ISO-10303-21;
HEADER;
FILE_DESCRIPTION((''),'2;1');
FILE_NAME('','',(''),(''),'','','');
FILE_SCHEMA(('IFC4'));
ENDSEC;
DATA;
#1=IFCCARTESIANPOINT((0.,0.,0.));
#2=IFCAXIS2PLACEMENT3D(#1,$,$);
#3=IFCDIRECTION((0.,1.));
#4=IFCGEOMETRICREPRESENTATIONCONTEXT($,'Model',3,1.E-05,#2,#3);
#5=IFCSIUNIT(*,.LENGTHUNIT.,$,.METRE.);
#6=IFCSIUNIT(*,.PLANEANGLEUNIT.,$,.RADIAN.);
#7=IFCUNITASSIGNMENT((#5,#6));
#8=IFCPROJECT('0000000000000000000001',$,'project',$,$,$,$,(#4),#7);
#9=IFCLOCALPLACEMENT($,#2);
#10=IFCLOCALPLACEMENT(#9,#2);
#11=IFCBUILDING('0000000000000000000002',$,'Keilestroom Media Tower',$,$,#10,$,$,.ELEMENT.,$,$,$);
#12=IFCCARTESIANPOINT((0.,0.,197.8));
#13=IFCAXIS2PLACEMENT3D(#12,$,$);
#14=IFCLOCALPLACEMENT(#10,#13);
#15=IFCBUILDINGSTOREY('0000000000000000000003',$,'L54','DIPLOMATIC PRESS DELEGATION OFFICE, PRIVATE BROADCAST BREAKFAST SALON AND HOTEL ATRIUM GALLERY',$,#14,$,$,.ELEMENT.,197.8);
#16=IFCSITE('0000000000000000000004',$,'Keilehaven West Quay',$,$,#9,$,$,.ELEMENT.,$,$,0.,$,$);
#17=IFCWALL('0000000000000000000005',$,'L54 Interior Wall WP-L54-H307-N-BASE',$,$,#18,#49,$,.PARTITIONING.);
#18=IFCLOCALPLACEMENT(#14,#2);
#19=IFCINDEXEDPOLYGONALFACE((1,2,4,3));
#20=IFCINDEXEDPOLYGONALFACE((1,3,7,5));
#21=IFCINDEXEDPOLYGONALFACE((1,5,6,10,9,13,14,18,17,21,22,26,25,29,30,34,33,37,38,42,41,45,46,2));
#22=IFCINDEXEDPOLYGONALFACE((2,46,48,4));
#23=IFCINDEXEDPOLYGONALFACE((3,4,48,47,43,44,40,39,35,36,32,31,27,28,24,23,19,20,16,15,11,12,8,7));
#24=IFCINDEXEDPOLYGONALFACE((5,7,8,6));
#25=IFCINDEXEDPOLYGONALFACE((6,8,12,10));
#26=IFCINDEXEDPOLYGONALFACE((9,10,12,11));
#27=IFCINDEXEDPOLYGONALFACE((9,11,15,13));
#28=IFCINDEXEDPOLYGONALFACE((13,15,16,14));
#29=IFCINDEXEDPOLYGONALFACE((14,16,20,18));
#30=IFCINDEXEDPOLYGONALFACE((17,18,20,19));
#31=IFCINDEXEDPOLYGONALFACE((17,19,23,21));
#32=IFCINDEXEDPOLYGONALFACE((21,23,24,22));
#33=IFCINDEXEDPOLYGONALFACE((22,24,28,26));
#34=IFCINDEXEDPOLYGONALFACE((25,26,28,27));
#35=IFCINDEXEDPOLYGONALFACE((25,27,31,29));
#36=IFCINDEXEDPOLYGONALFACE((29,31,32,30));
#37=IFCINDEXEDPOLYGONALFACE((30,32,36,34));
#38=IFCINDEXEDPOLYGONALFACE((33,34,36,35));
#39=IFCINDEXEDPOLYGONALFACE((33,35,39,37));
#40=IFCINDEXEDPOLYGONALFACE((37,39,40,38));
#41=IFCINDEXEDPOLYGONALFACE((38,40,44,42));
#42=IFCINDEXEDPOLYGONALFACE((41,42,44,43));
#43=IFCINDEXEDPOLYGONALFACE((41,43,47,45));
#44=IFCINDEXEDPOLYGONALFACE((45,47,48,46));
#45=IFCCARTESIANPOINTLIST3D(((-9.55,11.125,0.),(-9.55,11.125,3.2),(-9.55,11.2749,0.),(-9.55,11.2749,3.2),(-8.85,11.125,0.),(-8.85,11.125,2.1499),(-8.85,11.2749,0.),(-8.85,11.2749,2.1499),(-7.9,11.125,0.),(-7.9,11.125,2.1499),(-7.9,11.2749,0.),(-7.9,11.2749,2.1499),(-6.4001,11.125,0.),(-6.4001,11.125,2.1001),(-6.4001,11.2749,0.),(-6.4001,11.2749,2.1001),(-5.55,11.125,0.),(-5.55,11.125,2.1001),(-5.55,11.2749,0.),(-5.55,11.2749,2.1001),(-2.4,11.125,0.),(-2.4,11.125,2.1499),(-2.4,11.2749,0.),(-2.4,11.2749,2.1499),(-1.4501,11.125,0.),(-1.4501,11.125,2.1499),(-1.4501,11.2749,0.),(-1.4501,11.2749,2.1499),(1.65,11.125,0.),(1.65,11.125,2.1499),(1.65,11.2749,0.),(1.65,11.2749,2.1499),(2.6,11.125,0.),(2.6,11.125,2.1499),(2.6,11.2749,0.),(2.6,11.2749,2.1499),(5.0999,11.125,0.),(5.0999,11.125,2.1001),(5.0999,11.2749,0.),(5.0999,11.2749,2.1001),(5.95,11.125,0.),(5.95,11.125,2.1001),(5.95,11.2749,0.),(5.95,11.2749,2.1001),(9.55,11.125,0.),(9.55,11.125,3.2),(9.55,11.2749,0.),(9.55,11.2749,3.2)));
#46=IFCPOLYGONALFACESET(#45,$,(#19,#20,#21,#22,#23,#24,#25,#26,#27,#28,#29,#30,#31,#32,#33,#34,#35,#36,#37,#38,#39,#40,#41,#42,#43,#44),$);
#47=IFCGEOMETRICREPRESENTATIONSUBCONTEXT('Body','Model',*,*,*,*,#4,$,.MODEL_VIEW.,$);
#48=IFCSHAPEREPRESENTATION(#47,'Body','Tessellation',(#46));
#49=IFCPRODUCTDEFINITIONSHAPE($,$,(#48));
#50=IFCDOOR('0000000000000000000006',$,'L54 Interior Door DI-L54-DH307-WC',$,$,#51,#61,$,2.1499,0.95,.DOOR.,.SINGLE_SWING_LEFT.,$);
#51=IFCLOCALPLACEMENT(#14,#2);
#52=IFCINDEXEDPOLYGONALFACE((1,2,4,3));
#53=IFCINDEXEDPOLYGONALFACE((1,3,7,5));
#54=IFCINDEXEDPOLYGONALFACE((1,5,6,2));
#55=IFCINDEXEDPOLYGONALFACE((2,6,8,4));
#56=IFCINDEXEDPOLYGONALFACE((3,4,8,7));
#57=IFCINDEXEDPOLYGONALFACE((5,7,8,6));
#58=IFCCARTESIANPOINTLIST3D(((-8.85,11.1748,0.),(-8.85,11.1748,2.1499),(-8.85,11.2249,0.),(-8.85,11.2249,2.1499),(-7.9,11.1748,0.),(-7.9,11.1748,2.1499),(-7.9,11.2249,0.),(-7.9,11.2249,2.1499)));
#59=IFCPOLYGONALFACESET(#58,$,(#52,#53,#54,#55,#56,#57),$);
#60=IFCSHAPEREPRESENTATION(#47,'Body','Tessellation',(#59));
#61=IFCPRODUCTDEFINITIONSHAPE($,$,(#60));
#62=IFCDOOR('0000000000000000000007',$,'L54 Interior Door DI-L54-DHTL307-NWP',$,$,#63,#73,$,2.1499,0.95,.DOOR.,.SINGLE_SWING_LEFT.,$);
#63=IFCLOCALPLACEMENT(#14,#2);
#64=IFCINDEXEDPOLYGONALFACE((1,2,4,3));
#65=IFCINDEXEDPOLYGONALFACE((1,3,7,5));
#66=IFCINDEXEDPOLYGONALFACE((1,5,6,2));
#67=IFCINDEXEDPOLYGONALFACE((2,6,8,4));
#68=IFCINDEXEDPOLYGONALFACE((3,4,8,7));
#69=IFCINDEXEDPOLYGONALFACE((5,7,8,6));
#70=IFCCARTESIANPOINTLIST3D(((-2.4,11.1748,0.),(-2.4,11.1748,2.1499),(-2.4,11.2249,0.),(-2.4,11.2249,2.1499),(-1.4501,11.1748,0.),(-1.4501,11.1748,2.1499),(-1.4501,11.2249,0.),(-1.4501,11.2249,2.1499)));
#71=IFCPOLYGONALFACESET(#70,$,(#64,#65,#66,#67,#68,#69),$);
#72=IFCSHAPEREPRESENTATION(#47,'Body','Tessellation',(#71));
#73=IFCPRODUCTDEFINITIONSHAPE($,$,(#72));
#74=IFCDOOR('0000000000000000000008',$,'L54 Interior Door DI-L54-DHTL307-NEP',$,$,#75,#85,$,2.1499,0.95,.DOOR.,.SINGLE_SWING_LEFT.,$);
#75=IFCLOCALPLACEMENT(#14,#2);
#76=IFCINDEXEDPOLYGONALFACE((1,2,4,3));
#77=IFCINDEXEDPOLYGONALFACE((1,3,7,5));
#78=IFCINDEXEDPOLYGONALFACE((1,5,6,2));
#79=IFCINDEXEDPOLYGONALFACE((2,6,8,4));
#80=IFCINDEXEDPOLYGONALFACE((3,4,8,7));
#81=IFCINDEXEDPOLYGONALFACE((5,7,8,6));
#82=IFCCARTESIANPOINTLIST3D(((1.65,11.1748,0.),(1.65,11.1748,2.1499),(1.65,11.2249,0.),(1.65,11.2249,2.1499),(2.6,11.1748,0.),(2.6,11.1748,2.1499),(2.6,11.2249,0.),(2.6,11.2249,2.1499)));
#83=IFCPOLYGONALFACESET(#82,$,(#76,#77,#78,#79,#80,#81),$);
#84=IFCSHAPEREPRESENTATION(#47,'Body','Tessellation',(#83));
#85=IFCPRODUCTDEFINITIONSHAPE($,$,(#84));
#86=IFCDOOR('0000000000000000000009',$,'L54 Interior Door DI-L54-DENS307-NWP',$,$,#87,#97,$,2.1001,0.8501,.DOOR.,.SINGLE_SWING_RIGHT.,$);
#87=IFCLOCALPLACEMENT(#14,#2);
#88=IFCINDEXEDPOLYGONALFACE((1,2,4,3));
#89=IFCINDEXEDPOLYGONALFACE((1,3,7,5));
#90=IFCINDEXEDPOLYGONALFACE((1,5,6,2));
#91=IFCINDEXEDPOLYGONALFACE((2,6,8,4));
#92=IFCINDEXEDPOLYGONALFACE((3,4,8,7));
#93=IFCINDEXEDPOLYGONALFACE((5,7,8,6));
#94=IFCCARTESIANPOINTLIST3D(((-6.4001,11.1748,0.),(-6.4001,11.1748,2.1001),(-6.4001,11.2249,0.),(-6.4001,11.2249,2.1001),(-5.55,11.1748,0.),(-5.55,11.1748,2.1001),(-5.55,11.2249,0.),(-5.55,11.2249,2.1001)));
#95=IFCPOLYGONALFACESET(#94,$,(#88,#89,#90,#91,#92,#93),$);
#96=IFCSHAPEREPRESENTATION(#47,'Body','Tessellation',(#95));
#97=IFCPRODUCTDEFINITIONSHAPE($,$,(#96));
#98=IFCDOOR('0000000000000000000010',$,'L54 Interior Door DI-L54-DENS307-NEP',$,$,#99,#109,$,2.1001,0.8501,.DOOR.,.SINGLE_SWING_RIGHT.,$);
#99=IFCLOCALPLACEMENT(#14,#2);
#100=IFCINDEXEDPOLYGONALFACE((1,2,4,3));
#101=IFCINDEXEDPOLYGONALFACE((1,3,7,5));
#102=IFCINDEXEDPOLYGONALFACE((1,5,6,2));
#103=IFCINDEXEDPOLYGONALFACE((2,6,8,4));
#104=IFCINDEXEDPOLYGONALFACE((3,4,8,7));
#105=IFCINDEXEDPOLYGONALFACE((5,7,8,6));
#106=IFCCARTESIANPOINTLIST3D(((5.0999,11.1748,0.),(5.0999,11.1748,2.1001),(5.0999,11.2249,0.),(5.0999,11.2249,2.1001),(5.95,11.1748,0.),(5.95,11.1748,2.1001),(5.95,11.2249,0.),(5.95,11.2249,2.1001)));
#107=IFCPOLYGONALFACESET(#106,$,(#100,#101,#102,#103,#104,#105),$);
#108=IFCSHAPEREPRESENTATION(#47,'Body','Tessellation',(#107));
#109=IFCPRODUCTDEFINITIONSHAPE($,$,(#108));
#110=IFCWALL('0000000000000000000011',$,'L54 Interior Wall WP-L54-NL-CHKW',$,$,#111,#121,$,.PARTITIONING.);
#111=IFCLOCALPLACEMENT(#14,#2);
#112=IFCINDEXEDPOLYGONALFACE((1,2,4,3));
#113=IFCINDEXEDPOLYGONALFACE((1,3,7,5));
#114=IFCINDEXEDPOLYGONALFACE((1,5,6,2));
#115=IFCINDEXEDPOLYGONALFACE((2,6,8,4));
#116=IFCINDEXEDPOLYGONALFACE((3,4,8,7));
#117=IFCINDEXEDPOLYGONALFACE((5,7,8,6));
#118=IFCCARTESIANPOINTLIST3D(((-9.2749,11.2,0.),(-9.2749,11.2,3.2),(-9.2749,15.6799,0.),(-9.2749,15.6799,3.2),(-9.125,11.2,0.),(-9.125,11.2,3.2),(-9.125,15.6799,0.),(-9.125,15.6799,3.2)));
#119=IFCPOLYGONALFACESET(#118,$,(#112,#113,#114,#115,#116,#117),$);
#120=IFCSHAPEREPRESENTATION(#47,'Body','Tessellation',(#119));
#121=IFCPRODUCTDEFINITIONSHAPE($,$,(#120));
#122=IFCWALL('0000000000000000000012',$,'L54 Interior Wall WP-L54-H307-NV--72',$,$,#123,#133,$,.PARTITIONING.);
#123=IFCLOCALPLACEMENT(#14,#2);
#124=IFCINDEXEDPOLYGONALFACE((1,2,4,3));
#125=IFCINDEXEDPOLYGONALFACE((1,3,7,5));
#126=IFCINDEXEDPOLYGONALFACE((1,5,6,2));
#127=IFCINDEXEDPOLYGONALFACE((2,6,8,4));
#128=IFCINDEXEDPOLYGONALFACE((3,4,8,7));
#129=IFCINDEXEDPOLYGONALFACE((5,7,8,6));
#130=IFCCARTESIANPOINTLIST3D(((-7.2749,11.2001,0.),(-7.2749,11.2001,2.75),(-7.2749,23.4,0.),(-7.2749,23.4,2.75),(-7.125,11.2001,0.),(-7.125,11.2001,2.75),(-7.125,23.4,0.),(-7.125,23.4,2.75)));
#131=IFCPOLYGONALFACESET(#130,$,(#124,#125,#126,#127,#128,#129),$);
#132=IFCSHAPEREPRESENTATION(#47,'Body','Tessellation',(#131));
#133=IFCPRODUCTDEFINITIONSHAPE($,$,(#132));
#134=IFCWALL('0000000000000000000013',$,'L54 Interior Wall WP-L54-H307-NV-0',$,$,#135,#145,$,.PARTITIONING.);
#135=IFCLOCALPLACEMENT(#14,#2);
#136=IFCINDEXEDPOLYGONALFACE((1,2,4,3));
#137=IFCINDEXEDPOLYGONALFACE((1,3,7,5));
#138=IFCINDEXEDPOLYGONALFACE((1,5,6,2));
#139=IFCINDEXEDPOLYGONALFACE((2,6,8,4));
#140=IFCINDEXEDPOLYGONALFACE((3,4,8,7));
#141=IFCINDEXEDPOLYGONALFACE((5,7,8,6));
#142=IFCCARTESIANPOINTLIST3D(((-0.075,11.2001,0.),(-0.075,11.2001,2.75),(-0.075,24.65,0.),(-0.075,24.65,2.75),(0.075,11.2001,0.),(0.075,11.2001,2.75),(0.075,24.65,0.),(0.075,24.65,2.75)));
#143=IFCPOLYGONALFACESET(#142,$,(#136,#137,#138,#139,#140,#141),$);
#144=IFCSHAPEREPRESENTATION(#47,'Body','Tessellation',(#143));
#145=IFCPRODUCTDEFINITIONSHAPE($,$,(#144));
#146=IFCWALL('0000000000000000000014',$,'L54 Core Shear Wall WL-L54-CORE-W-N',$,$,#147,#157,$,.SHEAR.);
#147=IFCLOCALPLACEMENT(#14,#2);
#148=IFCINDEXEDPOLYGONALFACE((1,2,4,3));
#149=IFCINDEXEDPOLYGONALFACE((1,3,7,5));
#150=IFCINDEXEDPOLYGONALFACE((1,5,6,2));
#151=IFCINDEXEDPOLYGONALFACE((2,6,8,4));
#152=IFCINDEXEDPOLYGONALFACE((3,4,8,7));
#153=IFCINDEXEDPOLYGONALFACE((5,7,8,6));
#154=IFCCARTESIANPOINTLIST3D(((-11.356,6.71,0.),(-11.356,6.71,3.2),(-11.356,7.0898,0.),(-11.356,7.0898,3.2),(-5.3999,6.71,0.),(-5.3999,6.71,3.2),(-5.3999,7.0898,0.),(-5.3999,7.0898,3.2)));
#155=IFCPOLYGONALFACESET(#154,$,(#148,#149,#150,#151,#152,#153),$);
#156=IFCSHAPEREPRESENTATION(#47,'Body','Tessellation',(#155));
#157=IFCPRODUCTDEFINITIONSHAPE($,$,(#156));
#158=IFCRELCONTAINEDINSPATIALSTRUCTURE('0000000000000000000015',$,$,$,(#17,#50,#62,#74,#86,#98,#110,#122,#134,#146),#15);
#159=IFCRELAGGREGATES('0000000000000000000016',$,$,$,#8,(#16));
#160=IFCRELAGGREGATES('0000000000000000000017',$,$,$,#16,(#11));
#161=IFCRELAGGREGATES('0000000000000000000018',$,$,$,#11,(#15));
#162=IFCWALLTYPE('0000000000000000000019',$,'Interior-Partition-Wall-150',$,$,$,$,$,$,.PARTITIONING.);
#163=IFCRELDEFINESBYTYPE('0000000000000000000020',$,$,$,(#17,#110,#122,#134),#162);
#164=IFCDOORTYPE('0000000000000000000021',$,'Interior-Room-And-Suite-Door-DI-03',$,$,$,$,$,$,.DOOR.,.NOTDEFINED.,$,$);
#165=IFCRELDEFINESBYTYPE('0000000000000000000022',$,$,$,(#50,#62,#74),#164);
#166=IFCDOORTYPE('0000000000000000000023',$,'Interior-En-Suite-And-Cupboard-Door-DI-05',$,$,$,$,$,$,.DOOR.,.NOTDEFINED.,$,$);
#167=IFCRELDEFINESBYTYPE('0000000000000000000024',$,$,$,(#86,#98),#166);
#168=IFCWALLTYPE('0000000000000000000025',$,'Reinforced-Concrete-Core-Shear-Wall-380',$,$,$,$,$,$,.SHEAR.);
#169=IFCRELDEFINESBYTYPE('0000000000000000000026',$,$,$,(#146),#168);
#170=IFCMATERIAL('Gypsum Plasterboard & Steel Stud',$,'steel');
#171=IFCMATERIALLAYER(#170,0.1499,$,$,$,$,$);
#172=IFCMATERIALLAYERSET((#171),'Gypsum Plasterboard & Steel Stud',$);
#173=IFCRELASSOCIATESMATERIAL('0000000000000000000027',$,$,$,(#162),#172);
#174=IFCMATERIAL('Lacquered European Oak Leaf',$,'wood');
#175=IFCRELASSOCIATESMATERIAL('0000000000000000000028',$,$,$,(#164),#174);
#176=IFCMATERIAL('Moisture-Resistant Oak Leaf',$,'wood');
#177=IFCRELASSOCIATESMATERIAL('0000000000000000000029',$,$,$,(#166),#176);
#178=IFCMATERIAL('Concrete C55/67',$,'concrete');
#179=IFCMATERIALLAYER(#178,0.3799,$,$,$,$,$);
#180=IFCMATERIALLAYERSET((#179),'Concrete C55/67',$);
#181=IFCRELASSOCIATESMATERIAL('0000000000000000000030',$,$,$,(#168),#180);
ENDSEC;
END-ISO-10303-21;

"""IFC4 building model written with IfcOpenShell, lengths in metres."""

from ifc_helpers import new_model, si_unit, direction, frame, frame_2d, origin, place, context, subcontext, project, spatial, rectangle, extrude, source, transform, mapped, material, layer, layer_set, type_object, element, fill, save


model = new_model("IFC4")

# Units and contexts
model_context = context("Model", 3, precision=1e-05, world=origin(), true_north=direction((0.0, 1.0)))
body_context = subcontext(model_context, "Body", "Model", "MODEL_VIEW")
ifc_project = project(units=[si_unit("LENGTHUNIT", "METRE"), si_unit("PLANEANGLEUNIT", "RADIAN")], contexts=[model_context])

# Site, building, storey
site_placement = place(None, origin())
site = spatial("IfcSite", under=ifc_project, at=site_placement, Name="Keilehaven West Quay", CompositionType="ELEMENT", RefElevation=0.0)
building_placement = place(site_placement, origin())
building = spatial("IfcBuilding", under=site, at=building_placement, Name="Keilestroom Media Tower", CompositionType="ELEMENT")
storey_placement = place(building_placement, frame((0.0, 0.0, 197.8)))
storey = spatial("IfcBuildingStorey", under=building, at=storey_placement, Name="L54", Description="DIPLOMATIC PRESS DELEGATION OFFICE, PRIVATE BROADCAST BREAKFAST SALON AND HOTEL ATRIUM GALLERY", CompositionType="ELEMENT", Elevation=197.8)

# Shared definitions
ifc_material_1 = material(Name="Concrete C55/67", Category="concrete")

# Shared definitions
ifc_material_2 = material(Name="Gypsum Plasterboard & Steel Stud", Category="steel")

# Wall, openings, doors
ifc_layer_1 = layer(ifc_material_2, 0.1499)
ifc_layer_set_1 = layer_set([ifc_layer_1], Name="Gypsum Plasterboard & Steel Stud")
wall_type_1 = type_object("IfcWallType", Name="Interior-Partition-Wall-150", PredefinedType="PARTITIONING", material=ifc_layer_set_1)
wall_1_placement = place(storey_placement, frame((-9.55, 11.2, 0.0), z_axis=(0.0, 0.0, 1.0), x_axis=(1.0, 0.0, 0.0)))
wall_1 = element("IfcWall", 1, at=wall_1_placement, inside=storey, type_object=wall_type_1, Name="L54 Interior Wall WP-L54-H307-N-BASE", PredefinedType="PARTITIONING", context=body_context, shape_type="SweptSolid", body=[
    extrude(rectangle(XDim=19.1001, YDim=0.1499, at=frame_2d((9.55, 0.0))), origin(), (0.0, 0.0, 1.0), 3.2),
])
opening_1_placement = place(wall_1_placement, frame((0.7, 0.0, 0.0)))
opening_1 = element("IfcOpeningElement", 2, at=opening_1_placement, cuts=wall_1, PredefinedType="OPENING", context=body_context, shape_type="SweptSolid", body=[
    extrude(rectangle(XDim=0.95, YDim=2.1499, at=frame_2d((0.4751, 1.075))), frame((0.0, 0.085, 0.0), z_axis=(0.0, -1.0, 0.0), x_axis=(1.0, 0.0, 0.0)), (0.0, 0.0, 1.0), 0.1699),
])
opening_2_placement = place(wall_1_placement, frame((3.1499, 0.0, 0.0)))
opening_2 = element("IfcOpeningElement", 3, at=opening_2_placement, cuts=wall_1, PredefinedType="OPENING", context=body_context, shape_type="SweptSolid", body=[
    extrude(rectangle(XDim=0.8501, YDim=2.1001, at=frame_2d((0.425, 1.05))), frame((0.0, 0.085, 0.0), z_axis=(0.0, -1.0, 0.0), x_axis=(1.0, 0.0, 0.0)), (0.0, 0.0, 1.0), 0.1699),
])
opening_3_placement = place(wall_1_placement, frame((7.1499, 0.0, 0.0)))
opening_3 = element("IfcOpeningElement", 4, at=opening_3_placement, cuts=wall_1, PredefinedType="OPENING", context=body_context, shape_type="SweptSolid", body=[
    extrude(rectangle(XDim=0.95, YDim=2.1499, at=frame_2d((0.4751, 1.075))), frame((0.0, 0.085, 0.0), z_axis=(0.0, -1.0, 0.0), x_axis=(1.0, 0.0, 0.0)), (0.0, 0.0, 1.0), 0.1699),
])
opening_4_placement = place(wall_1_placement, frame((14.6499, 0.0, 0.0)))
opening_4 = element("IfcOpeningElement", 5, at=opening_4_placement, cuts=wall_1, PredefinedType="OPENING", context=body_context, shape_type="SweptSolid", body=[
    extrude(rectangle(XDim=0.8501, YDim=2.1001, at=frame_2d((0.425, 1.05))), frame((0.0, 0.085, 0.0), z_axis=(0.0, -1.0, 0.0), x_axis=(1.0, 0.0, 0.0)), (0.0, 0.0, 1.0), 0.1699),
])
opening_5_placement = place(wall_1_placement, frame((11.2, 0.0, 0.0)))
opening_5 = element("IfcOpeningElement", 6, at=opening_5_placement, cuts=wall_1, PredefinedType="OPENING", context=body_context, shape_type="SweptSolid", body=[
    extrude(rectangle(XDim=0.95, YDim=2.1499, at=frame_2d((0.4751, 1.075))), frame((0.0, 0.085, 0.0), z_axis=(0.0, -1.0, 0.0), x_axis=(1.0, 0.0, 0.0)), (0.0, 0.0, 1.0), 0.1699),
])
ifc_material_3 = material(Name="Lacquered European Oak Leaf", Category="wood")
door_type_1 = type_object("IfcDoorType", Name="Interior-Room-And-Suite-Door-DI-03", OperationType="NOTDEFINED", PredefinedType="DOOR", material=ifc_material_3)
shared_shape_1 = source(origin(), body_context, "Body", "SweptSolid", [
    extrude(rectangle(XDim=0.95, YDim=2.1499, at=frame_2d((0.4751, 1.075))), frame((0.0, 0.0249, 0.0), z_axis=(0.0, -1.0, 0.0), x_axis=(1.0, 0.0, 0.0)), (0.0, 0.0, 1.0), 0.05),
])
door_1_placement = place(opening_1_placement, origin())
door_1 = element("IfcDoor", 7, at=door_1_placement, inside=storey, type_object=door_type_1, Name="L54 Interior Door DI-L54-DH307-WC", OperationType="SINGLE_SWING_LEFT", OverallHeight=2.1499, OverallWidth=0.95, PredefinedType="DOOR", context=body_context, shape_type="MappedRepresentation", body=[
    mapped(shared_shape_1, transform((0.0, 0.0, 0.0), x_axis=(1.0, 0.0, 0.0), y_axis=(0.0, 1.0, 0.0), z_axis=(0.0, 0.0, 1.0), scale=1.0)),
])
fill(opening_1, door_1)
door_2_placement = place(opening_3_placement, origin())
door_2 = element("IfcDoor", 8, at=door_2_placement, inside=storey, type_object=door_type_1, Name="L54 Interior Door DI-L54-DHTL307-NWP", OperationType="SINGLE_SWING_LEFT", OverallHeight=2.1499, OverallWidth=0.95, PredefinedType="DOOR", context=body_context, shape_type="MappedRepresentation", body=[
    mapped(shared_shape_1, transform((0.0, 0.0, 0.0), x_axis=(1.0, 0.0, 0.0), y_axis=(0.0, 1.0, 0.0), z_axis=(0.0, 0.0, 1.0), scale=1.0)),
])
fill(opening_3, door_2)
door_3_placement = place(opening_5_placement, origin())
door_3 = element("IfcDoor", 9, at=door_3_placement, inside=storey, type_object=door_type_1, Name="L54 Interior Door DI-L54-DHTL307-NEP", OperationType="SINGLE_SWING_LEFT", OverallHeight=2.1499, OverallWidth=0.95, PredefinedType="DOOR", context=body_context, shape_type="MappedRepresentation", body=[
    mapped(shared_shape_1, transform((0.0, 0.0, 0.0), x_axis=(1.0, 0.0, 0.0), y_axis=(0.0, 1.0, 0.0), z_axis=(0.0, 0.0, 1.0), scale=1.0)),
])
fill(opening_5, door_3)
ifc_material_4 = material(Name="Moisture-Resistant Oak Leaf", Category="wood")
door_type_2 = type_object("IfcDoorType", Name="Interior-En-Suite-And-Cupboard-Door-DI-05", OperationType="NOTDEFINED", PredefinedType="DOOR", material=ifc_material_4)
shared_shape_2 = source(origin(), body_context, "Body", "SweptSolid", [
    extrude(rectangle(XDim=0.8501, YDim=2.1001, at=frame_2d((0.425, 1.05))), frame((0.0, 0.0249, 0.0), z_axis=(0.0, -1.0, 0.0), x_axis=(1.0, 0.0, 0.0)), (0.0, 0.0, 1.0), 0.05),
])
door_4_placement = place(opening_2_placement, origin())
door_4 = element("IfcDoor", 10, at=door_4_placement, inside=storey, type_object=door_type_2, Name="L54 Interior Door DI-L54-DENS307-NWP", OperationType="SINGLE_SWING_RIGHT", OverallHeight=2.1001, OverallWidth=0.8501, PredefinedType="DOOR", context=body_context, shape_type="MappedRepresentation", body=[
    mapped(shared_shape_2, transform((0.0, 0.0, 0.0), x_axis=(1.0, 0.0, 0.0), y_axis=(0.0, 1.0, 0.0), z_axis=(0.0, 0.0, 1.0), scale=1.0)),
])
fill(opening_2, door_4)
door_5_placement = place(opening_4_placement, origin())
door_5 = element("IfcDoor", 11, at=door_5_placement, inside=storey, type_object=door_type_2, Name="L54 Interior Door DI-L54-DENS307-NEP", OperationType="SINGLE_SWING_RIGHT", OverallHeight=2.1001, OverallWidth=0.8501, PredefinedType="DOOR", context=body_context, shape_type="MappedRepresentation", body=[
    mapped(shared_shape_2, transform((0.0, 0.0, 0.0), x_axis=(1.0, 0.0, 0.0), y_axis=(0.0, 1.0, 0.0), z_axis=(0.0, 0.0, 1.0), scale=1.0)),
])
fill(opening_4, door_5)

# Walls
wall_2_placement = place(storey_placement, frame((-9.2, 11.2, 0.0), z_axis=(0.0, 0.0, 1.0), x_axis=(0.0, 1.0, 0.0)))
element("IfcWall", 12, at=wall_2_placement, inside=storey, type_object=wall_type_1, Name="L54 Interior Wall WP-L54-NL-CHKW", PredefinedType="PARTITIONING", context=body_context, shape_type="SweptSolid", body=[
    extrude(rectangle(XDim=4.48, YDim=0.1499, at=frame_2d((2.24, 0.0))), origin(), (0.0, 0.0, 1.0), 3.2),
])
wall_3_placement = place(storey_placement, frame((-7.2, 11.2, 0.0), z_axis=(0.0, 0.0, 1.0), x_axis=(0.0, 1.0, 0.0)))
element("IfcWall", 13, at=wall_3_placement, inside=storey, type_object=wall_type_1, Name="L54 Interior Wall WP-L54-H307-NV--72", PredefinedType="PARTITIONING", context=body_context, shape_type="SweptSolid", body=[
    extrude(rectangle(XDim=12.2, YDim=0.1499, at=frame_2d((6.1001, 0.0))), origin(), (0.0, 0.0, 1.0), 2.75),
])
wall_4_placement = place(storey_placement, frame((0.0, 11.2, 0.0), z_axis=(0.0, 0.0, 1.0), x_axis=(0.0, 1.0, 0.0)))
element("IfcWall", 14, at=wall_4_placement, inside=storey, type_object=wall_type_1, Name="L54 Interior Wall WP-L54-H307-NV-0", PredefinedType="PARTITIONING", context=body_context, shape_type="SweptSolid", body=[
    extrude(rectangle(XDim=13.45, YDim=0.1499, at=frame_2d((6.7251, 0.0))), origin(), (0.0, 0.0, 1.0), 2.75),
])
ifc_layer_2 = layer(ifc_material_1, 0.3799)
ifc_layer_set_2 = layer_set([ifc_layer_2], Name="Concrete C55/67")
wall_type_2 = type_object("IfcWallType", Name="Reinforced-Concrete-Core-Shear-Wall-380", PredefinedType="SHEAR", material=ifc_layer_set_2)
wall_5_placement = place(storey_placement, frame((-11.356, 6.8999, 0.0), z_axis=(0.0, 0.0, 1.0), x_axis=(1.0, 0.0, 0.0)))
element("IfcWall", 15, at=wall_5_placement, inside=storey, type_object=wall_type_2, Name="L54 Core Shear Wall WL-L54-CORE-W-N", PredefinedType="SHEAR", context=body_context, shape_type="SweptSolid", body=[
    extrude(rectangle(XDim=5.9561, YDim=0.3799, at=frame_2d((2.978, 0.0))), origin(), (0.0, 0.0, 1.0), 3.2),
])

save(model, "model.ifc")
